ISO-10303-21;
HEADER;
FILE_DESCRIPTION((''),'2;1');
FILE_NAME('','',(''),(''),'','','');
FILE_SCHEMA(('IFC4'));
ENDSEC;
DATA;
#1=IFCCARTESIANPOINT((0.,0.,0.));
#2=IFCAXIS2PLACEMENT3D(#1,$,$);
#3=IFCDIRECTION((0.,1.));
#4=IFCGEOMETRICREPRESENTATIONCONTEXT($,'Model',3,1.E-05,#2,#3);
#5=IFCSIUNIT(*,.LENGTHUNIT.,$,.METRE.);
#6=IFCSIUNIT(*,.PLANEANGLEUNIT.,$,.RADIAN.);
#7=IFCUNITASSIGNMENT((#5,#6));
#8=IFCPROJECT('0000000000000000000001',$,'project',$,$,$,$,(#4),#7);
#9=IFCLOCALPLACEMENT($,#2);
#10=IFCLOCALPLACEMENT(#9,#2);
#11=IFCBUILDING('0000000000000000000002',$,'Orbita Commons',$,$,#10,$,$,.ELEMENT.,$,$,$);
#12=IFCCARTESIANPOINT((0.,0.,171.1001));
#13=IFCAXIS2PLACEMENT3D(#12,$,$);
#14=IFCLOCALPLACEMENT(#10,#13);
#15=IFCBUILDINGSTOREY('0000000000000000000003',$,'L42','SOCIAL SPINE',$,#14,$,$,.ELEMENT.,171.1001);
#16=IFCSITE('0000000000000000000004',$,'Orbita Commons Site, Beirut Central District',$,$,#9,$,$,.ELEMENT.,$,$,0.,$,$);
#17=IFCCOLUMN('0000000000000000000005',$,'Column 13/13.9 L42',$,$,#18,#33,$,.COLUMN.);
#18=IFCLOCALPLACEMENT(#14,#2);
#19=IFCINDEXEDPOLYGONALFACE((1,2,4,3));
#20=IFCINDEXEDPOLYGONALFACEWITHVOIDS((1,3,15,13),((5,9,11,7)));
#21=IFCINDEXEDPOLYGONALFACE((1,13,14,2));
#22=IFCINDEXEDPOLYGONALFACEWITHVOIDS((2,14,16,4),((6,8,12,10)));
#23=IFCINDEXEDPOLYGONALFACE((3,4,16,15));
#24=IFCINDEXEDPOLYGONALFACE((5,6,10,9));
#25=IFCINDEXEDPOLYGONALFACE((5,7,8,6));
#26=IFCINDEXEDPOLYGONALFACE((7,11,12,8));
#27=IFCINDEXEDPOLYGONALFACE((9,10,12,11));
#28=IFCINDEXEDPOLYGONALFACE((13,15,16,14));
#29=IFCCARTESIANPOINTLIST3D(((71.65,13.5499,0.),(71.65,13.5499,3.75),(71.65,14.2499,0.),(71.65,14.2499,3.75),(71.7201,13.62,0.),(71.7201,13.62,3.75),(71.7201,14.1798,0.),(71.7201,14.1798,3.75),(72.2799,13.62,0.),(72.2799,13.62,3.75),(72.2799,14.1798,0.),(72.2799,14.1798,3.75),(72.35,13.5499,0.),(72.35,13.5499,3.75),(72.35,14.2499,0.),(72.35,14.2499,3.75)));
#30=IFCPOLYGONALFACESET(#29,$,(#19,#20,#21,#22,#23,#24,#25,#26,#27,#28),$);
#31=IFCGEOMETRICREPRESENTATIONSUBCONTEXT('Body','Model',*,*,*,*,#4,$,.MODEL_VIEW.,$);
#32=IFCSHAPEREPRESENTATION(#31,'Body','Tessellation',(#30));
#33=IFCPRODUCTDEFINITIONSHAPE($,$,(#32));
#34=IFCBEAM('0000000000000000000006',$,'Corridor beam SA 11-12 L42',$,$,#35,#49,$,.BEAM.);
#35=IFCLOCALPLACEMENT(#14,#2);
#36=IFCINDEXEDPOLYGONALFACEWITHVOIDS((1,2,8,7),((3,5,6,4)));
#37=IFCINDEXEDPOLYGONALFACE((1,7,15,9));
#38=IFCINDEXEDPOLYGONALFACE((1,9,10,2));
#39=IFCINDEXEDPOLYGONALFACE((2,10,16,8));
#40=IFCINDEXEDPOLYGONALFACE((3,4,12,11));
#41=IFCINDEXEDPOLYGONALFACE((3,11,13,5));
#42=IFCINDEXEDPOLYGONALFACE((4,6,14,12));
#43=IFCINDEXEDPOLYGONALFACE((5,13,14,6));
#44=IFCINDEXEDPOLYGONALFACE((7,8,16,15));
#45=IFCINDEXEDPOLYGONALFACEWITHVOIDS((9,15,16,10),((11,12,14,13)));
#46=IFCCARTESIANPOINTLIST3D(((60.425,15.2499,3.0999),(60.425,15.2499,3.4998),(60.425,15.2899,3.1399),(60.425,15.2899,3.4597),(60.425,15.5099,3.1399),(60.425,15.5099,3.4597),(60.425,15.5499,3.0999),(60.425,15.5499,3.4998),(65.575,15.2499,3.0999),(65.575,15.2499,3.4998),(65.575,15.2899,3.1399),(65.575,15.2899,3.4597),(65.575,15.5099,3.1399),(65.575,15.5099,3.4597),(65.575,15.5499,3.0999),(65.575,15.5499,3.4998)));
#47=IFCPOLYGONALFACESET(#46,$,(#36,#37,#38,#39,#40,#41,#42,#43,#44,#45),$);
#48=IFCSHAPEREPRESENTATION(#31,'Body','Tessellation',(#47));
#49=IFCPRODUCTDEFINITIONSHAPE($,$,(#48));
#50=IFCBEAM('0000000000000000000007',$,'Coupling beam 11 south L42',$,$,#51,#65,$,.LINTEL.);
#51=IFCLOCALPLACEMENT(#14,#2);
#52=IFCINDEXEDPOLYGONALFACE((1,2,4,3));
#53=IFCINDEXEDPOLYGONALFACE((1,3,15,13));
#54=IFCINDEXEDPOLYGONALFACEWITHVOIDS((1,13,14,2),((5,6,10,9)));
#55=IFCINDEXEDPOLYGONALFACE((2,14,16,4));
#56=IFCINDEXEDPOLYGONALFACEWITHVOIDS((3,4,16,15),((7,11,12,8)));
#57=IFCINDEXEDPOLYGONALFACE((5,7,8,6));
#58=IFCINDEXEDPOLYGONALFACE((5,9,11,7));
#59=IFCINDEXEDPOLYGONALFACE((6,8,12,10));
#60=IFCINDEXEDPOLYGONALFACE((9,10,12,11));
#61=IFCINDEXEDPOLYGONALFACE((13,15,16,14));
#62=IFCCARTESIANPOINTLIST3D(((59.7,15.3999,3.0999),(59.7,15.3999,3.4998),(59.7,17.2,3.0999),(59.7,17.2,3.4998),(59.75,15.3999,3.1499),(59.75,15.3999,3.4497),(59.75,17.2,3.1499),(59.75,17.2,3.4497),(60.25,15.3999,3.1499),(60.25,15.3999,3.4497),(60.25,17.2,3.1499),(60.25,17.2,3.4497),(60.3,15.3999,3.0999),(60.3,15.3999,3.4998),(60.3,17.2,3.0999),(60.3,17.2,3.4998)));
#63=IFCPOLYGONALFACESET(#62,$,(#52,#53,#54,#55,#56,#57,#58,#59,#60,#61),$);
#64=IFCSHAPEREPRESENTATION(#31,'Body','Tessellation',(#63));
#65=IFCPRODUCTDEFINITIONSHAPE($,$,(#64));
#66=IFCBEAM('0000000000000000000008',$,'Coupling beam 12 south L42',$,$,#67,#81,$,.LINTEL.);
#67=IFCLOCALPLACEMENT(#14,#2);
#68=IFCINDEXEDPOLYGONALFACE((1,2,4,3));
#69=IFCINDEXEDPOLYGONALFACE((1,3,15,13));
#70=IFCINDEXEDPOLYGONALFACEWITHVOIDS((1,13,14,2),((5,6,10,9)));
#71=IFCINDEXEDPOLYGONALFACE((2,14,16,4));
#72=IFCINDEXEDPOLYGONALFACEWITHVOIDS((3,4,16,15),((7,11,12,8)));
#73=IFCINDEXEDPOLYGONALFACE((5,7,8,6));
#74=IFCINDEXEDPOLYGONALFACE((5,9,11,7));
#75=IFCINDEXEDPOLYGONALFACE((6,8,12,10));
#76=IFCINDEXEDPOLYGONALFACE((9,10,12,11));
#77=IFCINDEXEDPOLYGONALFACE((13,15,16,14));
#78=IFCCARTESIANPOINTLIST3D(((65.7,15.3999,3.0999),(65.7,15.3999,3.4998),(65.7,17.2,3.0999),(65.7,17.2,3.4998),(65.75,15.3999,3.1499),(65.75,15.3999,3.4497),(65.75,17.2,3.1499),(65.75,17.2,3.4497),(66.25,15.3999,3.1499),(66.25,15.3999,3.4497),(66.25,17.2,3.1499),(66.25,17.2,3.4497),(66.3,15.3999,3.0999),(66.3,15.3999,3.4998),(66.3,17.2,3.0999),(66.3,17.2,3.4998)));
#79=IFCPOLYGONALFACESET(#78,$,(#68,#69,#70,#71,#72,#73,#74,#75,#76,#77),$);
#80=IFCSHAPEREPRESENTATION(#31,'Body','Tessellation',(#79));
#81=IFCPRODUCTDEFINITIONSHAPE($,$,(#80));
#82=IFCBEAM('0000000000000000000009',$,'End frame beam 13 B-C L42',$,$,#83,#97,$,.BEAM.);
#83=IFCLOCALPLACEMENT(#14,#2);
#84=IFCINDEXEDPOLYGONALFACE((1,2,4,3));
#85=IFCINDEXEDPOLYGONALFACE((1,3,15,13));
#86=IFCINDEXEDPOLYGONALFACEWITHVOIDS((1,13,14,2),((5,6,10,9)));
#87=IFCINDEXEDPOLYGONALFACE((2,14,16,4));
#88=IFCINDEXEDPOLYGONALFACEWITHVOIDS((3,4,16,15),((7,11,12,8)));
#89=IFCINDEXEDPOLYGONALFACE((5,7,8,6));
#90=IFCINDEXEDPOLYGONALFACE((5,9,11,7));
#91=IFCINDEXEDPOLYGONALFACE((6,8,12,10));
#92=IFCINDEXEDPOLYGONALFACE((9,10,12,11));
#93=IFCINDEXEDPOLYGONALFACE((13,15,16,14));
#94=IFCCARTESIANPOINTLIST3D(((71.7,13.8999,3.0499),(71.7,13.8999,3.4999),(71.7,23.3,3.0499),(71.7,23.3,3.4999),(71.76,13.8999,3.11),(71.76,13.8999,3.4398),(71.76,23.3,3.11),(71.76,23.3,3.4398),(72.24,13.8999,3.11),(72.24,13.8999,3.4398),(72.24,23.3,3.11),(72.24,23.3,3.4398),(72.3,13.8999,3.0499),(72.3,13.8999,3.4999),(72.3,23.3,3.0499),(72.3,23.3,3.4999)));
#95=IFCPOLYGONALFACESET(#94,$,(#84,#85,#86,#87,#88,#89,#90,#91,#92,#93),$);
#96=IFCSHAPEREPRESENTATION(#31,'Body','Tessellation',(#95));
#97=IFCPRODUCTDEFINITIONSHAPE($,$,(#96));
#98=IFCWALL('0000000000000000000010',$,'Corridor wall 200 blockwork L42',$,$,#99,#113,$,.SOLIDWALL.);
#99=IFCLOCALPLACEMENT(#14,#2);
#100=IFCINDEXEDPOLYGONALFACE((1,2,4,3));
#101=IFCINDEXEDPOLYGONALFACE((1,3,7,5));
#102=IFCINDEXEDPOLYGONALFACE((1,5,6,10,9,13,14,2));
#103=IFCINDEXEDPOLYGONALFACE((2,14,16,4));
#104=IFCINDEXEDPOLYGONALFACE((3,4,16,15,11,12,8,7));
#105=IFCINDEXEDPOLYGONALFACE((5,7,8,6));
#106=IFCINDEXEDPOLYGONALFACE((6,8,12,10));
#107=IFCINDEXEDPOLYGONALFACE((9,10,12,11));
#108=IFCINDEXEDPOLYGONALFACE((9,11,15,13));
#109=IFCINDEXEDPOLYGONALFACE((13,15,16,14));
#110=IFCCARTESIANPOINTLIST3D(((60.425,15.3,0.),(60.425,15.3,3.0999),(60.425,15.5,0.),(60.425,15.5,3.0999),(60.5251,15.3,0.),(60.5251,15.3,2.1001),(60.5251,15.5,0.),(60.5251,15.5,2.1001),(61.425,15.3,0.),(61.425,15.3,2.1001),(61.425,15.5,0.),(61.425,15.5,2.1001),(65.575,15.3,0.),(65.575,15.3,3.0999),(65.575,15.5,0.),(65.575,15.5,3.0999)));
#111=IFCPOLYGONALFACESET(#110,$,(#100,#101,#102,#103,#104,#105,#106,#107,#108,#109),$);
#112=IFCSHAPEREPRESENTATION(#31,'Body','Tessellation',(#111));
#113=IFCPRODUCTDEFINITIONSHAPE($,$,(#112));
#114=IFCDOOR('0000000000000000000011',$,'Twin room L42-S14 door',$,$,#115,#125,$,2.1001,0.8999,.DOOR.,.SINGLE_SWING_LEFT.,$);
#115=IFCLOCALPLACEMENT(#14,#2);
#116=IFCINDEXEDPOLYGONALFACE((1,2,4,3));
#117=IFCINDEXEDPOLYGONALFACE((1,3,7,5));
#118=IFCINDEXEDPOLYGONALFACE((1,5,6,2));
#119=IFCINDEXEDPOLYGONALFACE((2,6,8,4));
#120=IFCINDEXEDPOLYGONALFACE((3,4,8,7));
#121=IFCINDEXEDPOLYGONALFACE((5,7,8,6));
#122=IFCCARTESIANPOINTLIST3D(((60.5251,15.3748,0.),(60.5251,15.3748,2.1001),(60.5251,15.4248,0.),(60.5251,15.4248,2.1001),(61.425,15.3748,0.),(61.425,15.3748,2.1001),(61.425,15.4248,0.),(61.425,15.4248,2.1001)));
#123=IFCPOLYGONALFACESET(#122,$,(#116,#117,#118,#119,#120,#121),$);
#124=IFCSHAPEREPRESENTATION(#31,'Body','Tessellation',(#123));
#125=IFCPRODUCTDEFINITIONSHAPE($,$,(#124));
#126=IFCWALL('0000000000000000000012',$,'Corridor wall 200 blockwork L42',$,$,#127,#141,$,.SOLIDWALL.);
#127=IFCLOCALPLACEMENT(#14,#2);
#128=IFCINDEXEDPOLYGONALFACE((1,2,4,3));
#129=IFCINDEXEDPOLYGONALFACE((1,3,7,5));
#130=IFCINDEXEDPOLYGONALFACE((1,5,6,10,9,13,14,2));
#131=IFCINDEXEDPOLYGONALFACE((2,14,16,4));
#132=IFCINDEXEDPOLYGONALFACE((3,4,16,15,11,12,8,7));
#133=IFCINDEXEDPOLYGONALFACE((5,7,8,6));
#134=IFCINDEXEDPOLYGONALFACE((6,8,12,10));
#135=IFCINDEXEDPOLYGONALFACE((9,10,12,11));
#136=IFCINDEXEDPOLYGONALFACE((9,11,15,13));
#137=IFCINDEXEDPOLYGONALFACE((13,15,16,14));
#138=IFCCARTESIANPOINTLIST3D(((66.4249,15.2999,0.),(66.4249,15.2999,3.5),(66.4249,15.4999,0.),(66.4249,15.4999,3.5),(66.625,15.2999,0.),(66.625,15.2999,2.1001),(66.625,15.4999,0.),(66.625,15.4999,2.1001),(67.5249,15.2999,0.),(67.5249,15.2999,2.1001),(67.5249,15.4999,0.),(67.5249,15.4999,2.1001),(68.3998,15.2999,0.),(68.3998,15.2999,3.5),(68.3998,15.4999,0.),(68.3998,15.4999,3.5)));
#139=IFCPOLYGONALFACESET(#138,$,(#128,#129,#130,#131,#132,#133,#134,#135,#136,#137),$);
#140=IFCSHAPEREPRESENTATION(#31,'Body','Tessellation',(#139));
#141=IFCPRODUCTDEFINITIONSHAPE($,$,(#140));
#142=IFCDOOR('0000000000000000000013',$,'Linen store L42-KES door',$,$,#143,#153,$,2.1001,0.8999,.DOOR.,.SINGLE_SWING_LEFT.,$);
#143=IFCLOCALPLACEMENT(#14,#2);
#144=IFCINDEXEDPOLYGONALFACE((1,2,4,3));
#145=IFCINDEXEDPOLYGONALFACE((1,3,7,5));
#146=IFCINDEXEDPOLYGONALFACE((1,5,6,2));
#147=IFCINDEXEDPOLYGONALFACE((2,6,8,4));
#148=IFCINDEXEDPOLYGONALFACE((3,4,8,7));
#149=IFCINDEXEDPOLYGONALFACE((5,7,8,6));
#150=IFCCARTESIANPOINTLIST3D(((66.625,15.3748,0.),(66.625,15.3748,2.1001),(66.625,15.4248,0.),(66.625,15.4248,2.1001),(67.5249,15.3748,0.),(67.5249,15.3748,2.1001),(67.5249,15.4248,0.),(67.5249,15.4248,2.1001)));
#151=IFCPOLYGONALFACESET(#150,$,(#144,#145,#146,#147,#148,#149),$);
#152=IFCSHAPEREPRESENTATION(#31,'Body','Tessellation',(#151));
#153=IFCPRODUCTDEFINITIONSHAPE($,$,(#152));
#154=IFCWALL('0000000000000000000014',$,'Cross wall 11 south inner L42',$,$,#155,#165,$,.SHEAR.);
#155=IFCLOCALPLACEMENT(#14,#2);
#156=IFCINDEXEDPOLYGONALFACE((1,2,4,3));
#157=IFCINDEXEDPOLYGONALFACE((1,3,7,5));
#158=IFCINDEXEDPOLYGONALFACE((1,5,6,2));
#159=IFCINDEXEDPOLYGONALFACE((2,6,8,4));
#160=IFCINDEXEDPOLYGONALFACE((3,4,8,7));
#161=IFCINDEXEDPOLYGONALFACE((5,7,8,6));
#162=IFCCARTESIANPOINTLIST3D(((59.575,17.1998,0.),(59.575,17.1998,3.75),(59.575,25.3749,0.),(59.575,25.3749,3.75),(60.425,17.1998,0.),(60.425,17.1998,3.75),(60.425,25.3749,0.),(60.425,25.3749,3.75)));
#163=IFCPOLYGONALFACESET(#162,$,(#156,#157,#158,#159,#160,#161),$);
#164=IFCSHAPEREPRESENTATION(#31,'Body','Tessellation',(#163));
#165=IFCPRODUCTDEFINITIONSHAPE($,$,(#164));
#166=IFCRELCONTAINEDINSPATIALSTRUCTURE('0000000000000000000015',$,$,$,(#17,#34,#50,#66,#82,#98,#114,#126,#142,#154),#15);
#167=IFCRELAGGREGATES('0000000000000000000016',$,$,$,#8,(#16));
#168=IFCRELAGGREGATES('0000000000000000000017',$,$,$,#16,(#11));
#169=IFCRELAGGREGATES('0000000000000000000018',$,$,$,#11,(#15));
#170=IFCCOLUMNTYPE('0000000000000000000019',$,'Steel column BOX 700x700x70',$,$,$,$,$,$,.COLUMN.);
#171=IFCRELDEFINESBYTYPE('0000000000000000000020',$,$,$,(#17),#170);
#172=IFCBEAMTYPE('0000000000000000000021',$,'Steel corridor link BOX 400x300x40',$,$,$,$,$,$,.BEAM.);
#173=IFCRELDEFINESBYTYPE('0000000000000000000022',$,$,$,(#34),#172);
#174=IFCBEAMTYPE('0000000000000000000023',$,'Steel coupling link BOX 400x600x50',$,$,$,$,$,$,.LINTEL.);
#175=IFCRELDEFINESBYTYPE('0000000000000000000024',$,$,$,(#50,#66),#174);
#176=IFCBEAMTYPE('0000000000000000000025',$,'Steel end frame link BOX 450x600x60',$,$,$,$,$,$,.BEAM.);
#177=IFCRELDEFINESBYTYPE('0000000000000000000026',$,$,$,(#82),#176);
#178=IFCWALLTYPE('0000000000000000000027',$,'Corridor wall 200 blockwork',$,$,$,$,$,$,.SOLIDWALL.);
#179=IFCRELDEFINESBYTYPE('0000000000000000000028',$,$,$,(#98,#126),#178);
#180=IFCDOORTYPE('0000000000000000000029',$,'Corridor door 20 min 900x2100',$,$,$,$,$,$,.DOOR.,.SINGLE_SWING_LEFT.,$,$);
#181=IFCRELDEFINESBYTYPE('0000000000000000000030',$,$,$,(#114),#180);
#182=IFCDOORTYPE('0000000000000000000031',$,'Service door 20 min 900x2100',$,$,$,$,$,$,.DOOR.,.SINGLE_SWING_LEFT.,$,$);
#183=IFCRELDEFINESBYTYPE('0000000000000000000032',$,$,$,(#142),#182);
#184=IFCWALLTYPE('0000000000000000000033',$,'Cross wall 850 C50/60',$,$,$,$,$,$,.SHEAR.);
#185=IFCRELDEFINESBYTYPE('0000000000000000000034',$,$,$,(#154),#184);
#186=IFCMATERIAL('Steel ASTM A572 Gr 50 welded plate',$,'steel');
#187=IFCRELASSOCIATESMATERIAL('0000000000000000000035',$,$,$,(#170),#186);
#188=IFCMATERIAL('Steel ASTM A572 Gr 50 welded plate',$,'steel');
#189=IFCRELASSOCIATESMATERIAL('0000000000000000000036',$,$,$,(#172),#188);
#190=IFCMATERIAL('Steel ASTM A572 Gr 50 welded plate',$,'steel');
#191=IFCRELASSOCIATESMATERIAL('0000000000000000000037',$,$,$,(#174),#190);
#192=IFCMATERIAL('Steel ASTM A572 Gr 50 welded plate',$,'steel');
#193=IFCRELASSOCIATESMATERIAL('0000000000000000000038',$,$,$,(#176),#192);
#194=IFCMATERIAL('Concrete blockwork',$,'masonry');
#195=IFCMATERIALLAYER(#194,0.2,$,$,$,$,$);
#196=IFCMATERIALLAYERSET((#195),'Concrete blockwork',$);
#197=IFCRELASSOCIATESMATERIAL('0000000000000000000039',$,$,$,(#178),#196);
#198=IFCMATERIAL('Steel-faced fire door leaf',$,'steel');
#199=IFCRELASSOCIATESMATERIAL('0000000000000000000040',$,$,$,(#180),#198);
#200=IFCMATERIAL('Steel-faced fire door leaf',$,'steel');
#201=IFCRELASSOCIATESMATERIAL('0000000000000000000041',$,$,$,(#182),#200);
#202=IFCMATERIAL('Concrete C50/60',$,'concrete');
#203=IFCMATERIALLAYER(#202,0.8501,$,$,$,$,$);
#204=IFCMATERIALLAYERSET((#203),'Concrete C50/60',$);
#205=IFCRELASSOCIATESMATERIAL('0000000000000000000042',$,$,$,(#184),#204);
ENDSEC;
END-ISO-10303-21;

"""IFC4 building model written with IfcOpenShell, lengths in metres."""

from ifc_helpers import new_model, si_unit, direction, frame, frame_2d, origin, origin_2d, place, context, subcontext, project, spatial, polyline, rectangle, hollow_rectangle, outline, extrude, material, layer, layer_set, material_profile, profile_set, type_object, element, fill, save


model = new_model("IFC4")

# Units and contexts
model_context = context("Model", 3, precision=1e-05, world=origin(), true_north=direction((0.0, 1.0)))
body_context = subcontext(model_context, "Body", "Model", "MODEL_VIEW")
ifc_project = project(units=[si_unit("LENGTHUNIT", "METRE"), si_unit("PLANEANGLEUNIT", "RADIAN")], contexts=[model_context])

# Site, building, storey
site_placement = place(None, origin())
site = spatial("IfcSite", under=ifc_project, at=site_placement, Name="Orbita Commons Site, Beirut Central District", CompositionType="ELEMENT", RefElevation=0.0)
building_placement = place(site_placement, origin())
building = spatial("IfcBuilding", under=site, at=building_placement, Name="Orbita Commons", CompositionType="ELEMENT")
storey_placement = place(building_placement, frame((0.0, 0.0, 171.1001)))
storey = spatial("IfcBuildingStorey", under=building, at=storey_placement, Name="L42", Description="SOCIAL SPINE", CompositionType="ELEMENT", Elevation=171.1001)

# Column
ifc_material_1 = material(Name="Steel ASTM A572 Gr 50 welded plate", Category="steel")
ifc_material_profile_1 = material_profile(ifc_material_1, hollow_rectangle(XDim=0.7, YDim=0.7, WallThickness=0.0701, at=origin_2d()), Name="BOX 700x700x70")
ifc_profile_set_1 = profile_set([ifc_material_profile_1], Name="Steel ASTM A572 Gr 50 welded plate")
column_type = type_object("IfcColumnType", Name="Steel column BOX 700x700x70", PredefinedType="COLUMN", material=ifc_profile_set_1)
column_placement = place(storey_placement, frame((72.0, 13.8999, 0.0), z_axis=(0.0, 0.0, 1.0), x_axis=(1.0, 0.0, 0.0)))
element("IfcColumn", 1, at=column_placement, inside=storey, type_object=column_type, Name="Column 13/13.9 L42", PredefinedType="COLUMN", context=body_context, shape_type="SweptSolid", body=[
    extrude(hollow_rectangle(XDim=0.7, YDim=0.7, WallThickness=0.0701, at=origin_2d()), origin(), (0.0, 0.0, 1.0), 3.75),
])

# Beams
ifc_material_2 = material(Name="Steel ASTM A572 Gr 50 welded plate", Category="steel")
ifc_material_profile_2 = material_profile(ifc_material_2, hollow_rectangle(XDim=0.3, YDim=0.3999, WallThickness=0.04, at=origin_2d()), Name="BOX 400x300x40")
ifc_profile_set_2 = profile_set([ifc_material_profile_2], Name="Steel ASTM A572 Gr 50 welded plate")
beam_type_1 = type_object("IfcBeamType", Name="Steel corridor link BOX 400x300x40", PredefinedType="BEAM", material=ifc_profile_set_2)
beam_1_placement = place(storey_placement, frame((60.425, 15.3999, 3.2998), z_axis=(1.0, 0.0, 0.0), x_axis=(0.0, 1.0, 0.0)))
element("IfcBeam", 2, at=beam_1_placement, inside=storey, type_object=beam_type_1, Name="Corridor beam SA 11-12 L42", PredefinedType="BEAM", context=body_context, shape_type="SweptSolid", body=[
    extrude(hollow_rectangle(XDim=0.3, YDim=0.3999, WallThickness=0.04, at=origin_2d()), origin(), (0.0, 0.0, 1.0), 5.1499),
])
ifc_material_3 = material(Name="Steel ASTM A572 Gr 50 welded plate", Category="steel")
ifc_material_profile_3 = material_profile(ifc_material_3, hollow_rectangle(XDim=0.6001, YDim=0.3999, WallThickness=0.05, at=origin_2d()), Name="BOX 400x600x50")
ifc_profile_set_3 = profile_set([ifc_material_profile_3], Name="Steel ASTM A572 Gr 50 welded plate")
beam_type_2 = type_object("IfcBeamType", Name="Steel coupling link BOX 400x600x50", PredefinedType="LINTEL", material=ifc_profile_set_3)
for number, where, z_axis, x_axis, name in (
    (3, (60.0, 15.3999, 3.2998), (0.0, 1.0, 0.0), (-1.0, 0.0, 0.0), "Coupling beam 11 south L42"),
    (4, (66.0, 15.3999, 3.2998), (0.0, 1.0, 0.0), (-1.0, 0.0, 0.0), "Coupling beam 12 south L42"),
):
    element("IfcBeam", number, at=place(storey_placement, frame(where, z_axis=z_axis, x_axis=x_axis)), inside=storey, type_object=beam_type_2, Name=name, PredefinedType="LINTEL", context=body_context, shape_type="SweptSolid", body=[
        extrude(hollow_rectangle(XDim=0.6001, YDim=0.3999, WallThickness=0.05, at=origin_2d()), origin(), (0.0, 0.0, 1.0), 1.8),
    ])
ifc_material_4 = material(Name="Steel ASTM A572 Gr 50 welded plate", Category="steel")
ifc_material_profile_4 = material_profile(ifc_material_4, hollow_rectangle(XDim=0.6001, YDim=0.45, WallThickness=0.0601, at=origin_2d()), Name="BOX 450x600x60")
ifc_profile_set_4 = profile_set([ifc_material_profile_4], Name="Steel ASTM A572 Gr 50 welded plate")
beam_type_3 = type_object("IfcBeamType", Name="Steel end frame link BOX 450x600x60", PredefinedType="BEAM", material=ifc_profile_set_4)
beam_2_placement = place(storey_placement, frame((72.0, 13.8999, 3.2749), z_axis=(0.0, 1.0, 0.0), x_axis=(-1.0, 0.0, 0.0)))
element("IfcBeam", 5, at=beam_2_placement, inside=storey, type_object=beam_type_3, Name="End frame beam 13 B-C L42", PredefinedType="BEAM", context=body_context, shape_type="SweptSolid", body=[
    extrude(hollow_rectangle(XDim=0.6001, YDim=0.45, WallThickness=0.0601, at=origin_2d()), origin(), (0.0, 0.0, 1.0), 9.4001),
])

# Walls, openings, doors
ifc_material_5 = material(Name="Concrete blockwork", Category="masonry")
ifc_layer_1 = layer(ifc_material_5, 0.2)
ifc_layer_set_1 = layer_set([ifc_layer_1], Name="Concrete blockwork")
wall_type_1 = type_object("IfcWallType", Name="Corridor wall 200 blockwork", PredefinedType="SOLIDWALL", material=ifc_layer_set_1)
wall_1_placement = place(storey_placement, frame((60.425, 15.3999, 0.0), z_axis=(0.0, 0.0, 1.0), x_axis=(1.0, 0.0, 0.0)))
wall_1 = element("IfcWall", 6, at=wall_1_placement, inside=storey, type_object=wall_type_1, Name="Corridor wall 200 blockwork L42", PredefinedType="SOLIDWALL", context=body_context, shape_type="SweptSolid", body=[
    extrude(outline(polyline([(0.0, 0.0), (5.1499, 0.0), (5.1499, 3.0999), (0.0, 3.0999), (0.0, 0.0)])), frame((0.0, 0.1001, 0.0), z_axis=(0.0, -1.0, 0.0), x_axis=(1.0, 0.0, 0.0)), (0.0, 0.0, 1.0), 0.2),
])
opening_1_placement = place(wall_1_placement, frame((0.1001, 0.0, 0.0)))
opening_1 = element("IfcOpeningElement", 7, at=opening_1_placement, cuts=wall_1, PredefinedType="OPENING", context=body_context, shape_type="SweptSolid", body=[
    extrude(rectangle(XDim=0.8999, YDim=2.1001, at=frame_2d((0.45, 1.05))), frame((0.0, 0.1099, 0.0), z_axis=(0.0, -1.0, 0.0), x_axis=(1.0, 0.0, 0.0)), (0.0, 0.0, 1.0), 0.22),
])
ifc_material_6 = material(Name="Steel-faced fire door leaf", Category="steel")
door_type_1 = type_object("IfcDoorType", Name="Corridor door 20 min 900x2100", OperationType="SINGLE_SWING_LEFT", PredefinedType="DOOR", material=ifc_material_6)
door_1_placement = place(opening_1_placement, origin())
door_1 = element("IfcDoor", 8, at=door_1_placement, inside=storey, type_object=door_type_1, Name="Twin room L42-S14 door", OperationType="SINGLE_SWING_LEFT", OverallHeight=2.1001, OverallWidth=0.8999, PredefinedType="DOOR", context=body_context, shape_type="SweptSolid", body=[
    extrude(rectangle(XDim=0.8999, YDim=2.1001, at=frame_2d((0.45, 1.05))), frame((0.0, 0.0249, 0.0), z_axis=(0.0, -1.0, 0.0), x_axis=(1.0, 0.0, 0.0)), (0.0, 0.0, 1.0), 0.05),
])
fill(opening_1, door_1)
wall_2_placement = place(storey_placement, frame((66.425, 15.3999, 0.0), z_axis=(0.0, 0.0, 1.0), x_axis=(1.0, 0.0, 0.0)))
wall_2 = element("IfcWall", 9, at=wall_2_placement, inside=storey, type_object=wall_type_1, Name="Corridor wall 200 blockwork L42", PredefinedType="SOLIDWALL", context=body_context, shape_type="SweptSolid", body=[
    extrude(rectangle(XDim=1.9749, YDim=0.2, at=frame_2d((0.9873, 0.0))), origin(), (0.0, 0.0, 1.0), 3.5),
])
opening_2_placement = place(wall_2_placement, frame((0.2, 0.0, 0.0)))
opening_2 = element("IfcOpeningElement", 10, at=opening_2_placement, cuts=wall_2, PredefinedType="OPENING", context=body_context, shape_type="SweptSolid", body=[
    extrude(rectangle(XDim=0.8999, YDim=2.1001, at=frame_2d((0.45, 1.05))), frame((0.0, 0.1099, 0.0), z_axis=(0.0, -1.0, 0.0), x_axis=(1.0, 0.0, 0.0)), (0.0, 0.0, 1.0), 0.22),
])
ifc_material_7 = material(Name="Steel-faced fire door leaf", Category="steel")
door_type_2 = type_object("IfcDoorType", Name="Service door 20 min 900x2100", OperationType="SINGLE_SWING_LEFT", PredefinedType="DOOR", material=ifc_material_7)
door_2_placement = place(opening_2_placement, origin())
door_2 = element("IfcDoor", 11, at=door_2_placement, inside=storey, type_object=door_type_2, Name="Linen store L42-KES door", OperationType="SINGLE_SWING_LEFT", OverallHeight=2.1001, OverallWidth=0.8999, PredefinedType="DOOR", context=body_context, shape_type="SweptSolid", body=[
    extrude(rectangle(XDim=0.8999, YDim=2.1001, at=frame_2d((0.45, 1.05))), frame((0.0, 0.0249, 0.0), z_axis=(0.0, -1.0, 0.0), x_axis=(1.0, 0.0, 0.0)), (0.0, 0.0, 1.0), 0.05),
])
fill(opening_2, door_2)

# Wall
ifc_material_8 = material(Name="Concrete C50/60", Category="concrete")
ifc_layer_2 = layer(ifc_material_8, 0.8501)
ifc_layer_set_2 = layer_set([ifc_layer_2], Name="Concrete C50/60")
wall_type_2 = type_object("IfcWallType", Name="Cross wall 850 C50/60", PredefinedType="SHEAR", material=ifc_layer_set_2)
wall_3_placement = place(storey_placement, frame((60.0, 17.2, 0.0), z_axis=(0.0, 0.0, 1.0), x_axis=(0.0, 1.0, 0.0)))
element("IfcWall", 12, at=wall_3_placement, inside=storey, type_object=wall_type_2, Name="Cross wall 11 south inner L42", PredefinedType="SHEAR", context=body_context, shape_type="SweptSolid", body=[
    extrude(rectangle(XDim=8.175, YDim=0.8501, at=frame_2d((4.0874, 0.0))), origin(), (0.0, 0.0, 1.0), 3.75),
])

save(model, "model.ifc")
